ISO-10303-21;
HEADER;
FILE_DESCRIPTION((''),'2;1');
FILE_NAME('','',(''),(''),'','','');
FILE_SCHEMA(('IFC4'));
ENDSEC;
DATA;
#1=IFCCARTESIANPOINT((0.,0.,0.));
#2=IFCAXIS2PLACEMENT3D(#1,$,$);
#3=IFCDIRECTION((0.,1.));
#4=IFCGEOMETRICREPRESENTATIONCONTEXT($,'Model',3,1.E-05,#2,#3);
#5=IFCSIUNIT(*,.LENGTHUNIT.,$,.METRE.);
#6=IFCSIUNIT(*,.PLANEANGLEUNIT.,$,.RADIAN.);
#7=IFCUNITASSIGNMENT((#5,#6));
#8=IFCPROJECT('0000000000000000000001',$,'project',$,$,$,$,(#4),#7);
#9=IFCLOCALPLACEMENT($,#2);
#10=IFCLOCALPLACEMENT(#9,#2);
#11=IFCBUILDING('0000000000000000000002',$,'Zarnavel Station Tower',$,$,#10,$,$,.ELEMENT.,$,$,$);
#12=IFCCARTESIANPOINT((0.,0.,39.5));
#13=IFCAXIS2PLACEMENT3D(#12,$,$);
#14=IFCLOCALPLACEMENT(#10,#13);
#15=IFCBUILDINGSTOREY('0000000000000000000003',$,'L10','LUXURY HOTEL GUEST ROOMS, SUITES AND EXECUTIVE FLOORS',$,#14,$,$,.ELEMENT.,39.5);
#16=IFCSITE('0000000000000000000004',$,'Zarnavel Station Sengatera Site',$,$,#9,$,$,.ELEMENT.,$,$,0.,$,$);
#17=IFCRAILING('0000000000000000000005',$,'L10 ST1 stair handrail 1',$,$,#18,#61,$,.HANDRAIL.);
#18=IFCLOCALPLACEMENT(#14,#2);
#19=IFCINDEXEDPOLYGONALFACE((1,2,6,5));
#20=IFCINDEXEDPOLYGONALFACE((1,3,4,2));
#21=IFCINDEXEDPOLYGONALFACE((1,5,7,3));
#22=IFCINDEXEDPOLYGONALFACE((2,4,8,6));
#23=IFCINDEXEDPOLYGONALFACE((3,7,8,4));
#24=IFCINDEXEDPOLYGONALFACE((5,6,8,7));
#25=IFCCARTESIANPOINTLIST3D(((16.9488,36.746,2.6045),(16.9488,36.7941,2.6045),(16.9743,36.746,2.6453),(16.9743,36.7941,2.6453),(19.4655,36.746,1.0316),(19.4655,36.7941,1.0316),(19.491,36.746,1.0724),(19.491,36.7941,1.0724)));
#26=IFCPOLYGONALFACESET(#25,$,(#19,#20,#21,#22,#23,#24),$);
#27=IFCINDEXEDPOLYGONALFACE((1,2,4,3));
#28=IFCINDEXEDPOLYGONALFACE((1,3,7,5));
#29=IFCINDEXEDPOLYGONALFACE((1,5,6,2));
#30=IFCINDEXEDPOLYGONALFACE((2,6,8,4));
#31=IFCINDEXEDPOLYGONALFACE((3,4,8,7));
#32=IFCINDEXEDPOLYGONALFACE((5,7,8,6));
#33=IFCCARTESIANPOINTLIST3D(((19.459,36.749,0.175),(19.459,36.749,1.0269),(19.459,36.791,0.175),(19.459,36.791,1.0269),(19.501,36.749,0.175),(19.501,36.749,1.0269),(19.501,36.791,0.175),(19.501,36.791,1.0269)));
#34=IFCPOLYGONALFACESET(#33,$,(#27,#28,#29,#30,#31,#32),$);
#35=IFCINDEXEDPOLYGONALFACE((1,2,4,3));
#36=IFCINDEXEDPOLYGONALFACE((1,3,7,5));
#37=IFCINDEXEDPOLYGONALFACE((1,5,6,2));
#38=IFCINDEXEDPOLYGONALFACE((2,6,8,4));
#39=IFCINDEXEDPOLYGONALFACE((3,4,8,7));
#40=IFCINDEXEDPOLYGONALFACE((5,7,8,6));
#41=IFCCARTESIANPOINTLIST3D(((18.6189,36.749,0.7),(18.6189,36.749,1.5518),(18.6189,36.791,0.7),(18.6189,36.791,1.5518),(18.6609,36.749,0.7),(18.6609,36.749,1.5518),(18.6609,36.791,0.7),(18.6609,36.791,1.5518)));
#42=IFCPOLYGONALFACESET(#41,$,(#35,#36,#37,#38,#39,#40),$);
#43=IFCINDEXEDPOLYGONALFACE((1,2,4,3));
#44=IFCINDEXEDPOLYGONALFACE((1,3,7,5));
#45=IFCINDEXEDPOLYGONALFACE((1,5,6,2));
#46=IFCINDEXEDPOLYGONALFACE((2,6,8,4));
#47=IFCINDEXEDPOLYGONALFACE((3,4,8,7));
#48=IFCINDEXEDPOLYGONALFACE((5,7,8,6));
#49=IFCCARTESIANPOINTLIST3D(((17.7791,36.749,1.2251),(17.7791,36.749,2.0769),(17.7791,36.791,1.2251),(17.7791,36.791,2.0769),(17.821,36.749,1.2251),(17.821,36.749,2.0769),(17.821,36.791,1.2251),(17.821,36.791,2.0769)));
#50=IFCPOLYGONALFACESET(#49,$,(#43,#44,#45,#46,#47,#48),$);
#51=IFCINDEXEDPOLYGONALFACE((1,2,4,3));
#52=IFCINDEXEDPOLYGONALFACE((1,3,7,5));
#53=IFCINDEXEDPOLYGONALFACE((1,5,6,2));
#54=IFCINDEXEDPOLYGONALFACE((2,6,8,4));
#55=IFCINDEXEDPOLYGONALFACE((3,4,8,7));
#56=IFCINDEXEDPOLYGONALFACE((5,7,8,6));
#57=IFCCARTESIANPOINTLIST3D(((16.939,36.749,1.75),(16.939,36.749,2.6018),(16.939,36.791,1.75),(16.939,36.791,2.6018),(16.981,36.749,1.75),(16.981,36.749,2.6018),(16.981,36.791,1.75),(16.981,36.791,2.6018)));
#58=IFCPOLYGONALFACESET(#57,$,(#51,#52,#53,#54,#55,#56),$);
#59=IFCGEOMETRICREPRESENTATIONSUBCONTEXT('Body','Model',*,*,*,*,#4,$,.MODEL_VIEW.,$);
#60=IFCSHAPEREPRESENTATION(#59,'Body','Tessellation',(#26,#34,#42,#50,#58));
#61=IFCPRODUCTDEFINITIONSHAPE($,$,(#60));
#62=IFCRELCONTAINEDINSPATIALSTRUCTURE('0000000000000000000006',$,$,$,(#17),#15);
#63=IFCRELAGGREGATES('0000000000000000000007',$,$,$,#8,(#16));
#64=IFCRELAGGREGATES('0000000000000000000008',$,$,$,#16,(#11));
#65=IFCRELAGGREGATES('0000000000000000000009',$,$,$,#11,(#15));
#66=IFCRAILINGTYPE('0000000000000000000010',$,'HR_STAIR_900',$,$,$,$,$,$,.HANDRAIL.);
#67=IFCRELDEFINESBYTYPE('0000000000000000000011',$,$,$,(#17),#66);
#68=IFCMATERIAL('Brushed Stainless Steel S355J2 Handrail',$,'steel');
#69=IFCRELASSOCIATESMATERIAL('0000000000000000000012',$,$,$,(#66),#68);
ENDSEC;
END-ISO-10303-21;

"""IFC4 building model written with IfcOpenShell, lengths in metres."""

from ifc_helpers import new_model, si_unit, direction, frame, origin, origin_2d, place, context, subcontext, project, spatial, rectangle, extrude, material, type_object, element, save


model = new_model("IFC4")

# Units and contexts
model_context = context("Model", 3, precision=1e-05, world=origin(), true_north=direction((0.0, 1.0)))
body_context = subcontext(model_context, "Body", "Model", "MODEL_VIEW")
ifc_project = project(units=[si_unit("LENGTHUNIT", "METRE"), si_unit("PLANEANGLEUNIT", "RADIAN")], contexts=[model_context])

# Site, building, storey
site_placement = place(None, origin())
site = spatial("IfcSite", under=ifc_project, at=site_placement, Name="Zarnavel Station Sengatera Site", CompositionType="ELEMENT", RefElevation=0.0)
building_placement = place(site_placement, origin())
building = spatial("IfcBuilding", under=site, at=building_placement, Name="Zarnavel Station Tower", CompositionType="ELEMENT")
storey_placement = place(building_placement, frame((0.0, 0.0, 39.5)))
storey = spatial("IfcBuildingStorey", under=building, at=storey_placement, Name="L10", Description="LUXURY HOTEL GUEST ROOMS, SUITES AND EXECUTIVE FLOORS", CompositionType="ELEMENT", Elevation=39.5)

# Railing
ifc_material_1 = material(Name="Brushed Stainless Steel S355J2 Handrail", Category="steel")
railing_type_1 = type_object("IfcRailingType", Name="HR_STAIR_900", PredefinedType="HANDRAIL", material=ifc_material_1)
railing_1_placement = place(storey_placement, frame((19.48, 36.77, 0.175)))
element("IfcRailing", 1, at=railing_1_placement, inside=storey, type_object=railing_type_1, Name="L10 ST1 stair handrail 1", PredefinedType="HANDRAIL", context=body_context, shape_type="SweptSolid", body=[
    extrude(rectangle(XDim=0.0481, YDim=0.0481, at=origin_2d()), frame((-0.0017, 0.0, 0.877), z_axis=(-0.848008, 0.0, 0.529984), x_axis=(0.0, -1.0, 0.0)), (0.0, 0.0, 1.0), 2.9678),
    extrude(rectangle(XDim=0.042, YDim=0.042, at=origin_2d()), origin(), (0.0, 0.0, 1.0), 0.8518),
    extrude(rectangle(XDim=0.042, YDim=0.042, at=origin_2d()), frame((-0.8401, 0.0, 0.5249)), (0.0, 0.0, 1.0), 0.8518),
    extrude(rectangle(XDim=0.042, YDim=0.042, at=origin_2d()), frame((-1.6799, 0.0, 1.05)), (0.0, 0.0, 1.0), 0.8518),
    extrude(rectangle(XDim=0.042, YDim=0.042, at=origin_2d()), frame((-2.52, 0.0, 1.575)), (0.0, 0.0, 1.0), 0.8518),
])

save(model, "model.ifc")
